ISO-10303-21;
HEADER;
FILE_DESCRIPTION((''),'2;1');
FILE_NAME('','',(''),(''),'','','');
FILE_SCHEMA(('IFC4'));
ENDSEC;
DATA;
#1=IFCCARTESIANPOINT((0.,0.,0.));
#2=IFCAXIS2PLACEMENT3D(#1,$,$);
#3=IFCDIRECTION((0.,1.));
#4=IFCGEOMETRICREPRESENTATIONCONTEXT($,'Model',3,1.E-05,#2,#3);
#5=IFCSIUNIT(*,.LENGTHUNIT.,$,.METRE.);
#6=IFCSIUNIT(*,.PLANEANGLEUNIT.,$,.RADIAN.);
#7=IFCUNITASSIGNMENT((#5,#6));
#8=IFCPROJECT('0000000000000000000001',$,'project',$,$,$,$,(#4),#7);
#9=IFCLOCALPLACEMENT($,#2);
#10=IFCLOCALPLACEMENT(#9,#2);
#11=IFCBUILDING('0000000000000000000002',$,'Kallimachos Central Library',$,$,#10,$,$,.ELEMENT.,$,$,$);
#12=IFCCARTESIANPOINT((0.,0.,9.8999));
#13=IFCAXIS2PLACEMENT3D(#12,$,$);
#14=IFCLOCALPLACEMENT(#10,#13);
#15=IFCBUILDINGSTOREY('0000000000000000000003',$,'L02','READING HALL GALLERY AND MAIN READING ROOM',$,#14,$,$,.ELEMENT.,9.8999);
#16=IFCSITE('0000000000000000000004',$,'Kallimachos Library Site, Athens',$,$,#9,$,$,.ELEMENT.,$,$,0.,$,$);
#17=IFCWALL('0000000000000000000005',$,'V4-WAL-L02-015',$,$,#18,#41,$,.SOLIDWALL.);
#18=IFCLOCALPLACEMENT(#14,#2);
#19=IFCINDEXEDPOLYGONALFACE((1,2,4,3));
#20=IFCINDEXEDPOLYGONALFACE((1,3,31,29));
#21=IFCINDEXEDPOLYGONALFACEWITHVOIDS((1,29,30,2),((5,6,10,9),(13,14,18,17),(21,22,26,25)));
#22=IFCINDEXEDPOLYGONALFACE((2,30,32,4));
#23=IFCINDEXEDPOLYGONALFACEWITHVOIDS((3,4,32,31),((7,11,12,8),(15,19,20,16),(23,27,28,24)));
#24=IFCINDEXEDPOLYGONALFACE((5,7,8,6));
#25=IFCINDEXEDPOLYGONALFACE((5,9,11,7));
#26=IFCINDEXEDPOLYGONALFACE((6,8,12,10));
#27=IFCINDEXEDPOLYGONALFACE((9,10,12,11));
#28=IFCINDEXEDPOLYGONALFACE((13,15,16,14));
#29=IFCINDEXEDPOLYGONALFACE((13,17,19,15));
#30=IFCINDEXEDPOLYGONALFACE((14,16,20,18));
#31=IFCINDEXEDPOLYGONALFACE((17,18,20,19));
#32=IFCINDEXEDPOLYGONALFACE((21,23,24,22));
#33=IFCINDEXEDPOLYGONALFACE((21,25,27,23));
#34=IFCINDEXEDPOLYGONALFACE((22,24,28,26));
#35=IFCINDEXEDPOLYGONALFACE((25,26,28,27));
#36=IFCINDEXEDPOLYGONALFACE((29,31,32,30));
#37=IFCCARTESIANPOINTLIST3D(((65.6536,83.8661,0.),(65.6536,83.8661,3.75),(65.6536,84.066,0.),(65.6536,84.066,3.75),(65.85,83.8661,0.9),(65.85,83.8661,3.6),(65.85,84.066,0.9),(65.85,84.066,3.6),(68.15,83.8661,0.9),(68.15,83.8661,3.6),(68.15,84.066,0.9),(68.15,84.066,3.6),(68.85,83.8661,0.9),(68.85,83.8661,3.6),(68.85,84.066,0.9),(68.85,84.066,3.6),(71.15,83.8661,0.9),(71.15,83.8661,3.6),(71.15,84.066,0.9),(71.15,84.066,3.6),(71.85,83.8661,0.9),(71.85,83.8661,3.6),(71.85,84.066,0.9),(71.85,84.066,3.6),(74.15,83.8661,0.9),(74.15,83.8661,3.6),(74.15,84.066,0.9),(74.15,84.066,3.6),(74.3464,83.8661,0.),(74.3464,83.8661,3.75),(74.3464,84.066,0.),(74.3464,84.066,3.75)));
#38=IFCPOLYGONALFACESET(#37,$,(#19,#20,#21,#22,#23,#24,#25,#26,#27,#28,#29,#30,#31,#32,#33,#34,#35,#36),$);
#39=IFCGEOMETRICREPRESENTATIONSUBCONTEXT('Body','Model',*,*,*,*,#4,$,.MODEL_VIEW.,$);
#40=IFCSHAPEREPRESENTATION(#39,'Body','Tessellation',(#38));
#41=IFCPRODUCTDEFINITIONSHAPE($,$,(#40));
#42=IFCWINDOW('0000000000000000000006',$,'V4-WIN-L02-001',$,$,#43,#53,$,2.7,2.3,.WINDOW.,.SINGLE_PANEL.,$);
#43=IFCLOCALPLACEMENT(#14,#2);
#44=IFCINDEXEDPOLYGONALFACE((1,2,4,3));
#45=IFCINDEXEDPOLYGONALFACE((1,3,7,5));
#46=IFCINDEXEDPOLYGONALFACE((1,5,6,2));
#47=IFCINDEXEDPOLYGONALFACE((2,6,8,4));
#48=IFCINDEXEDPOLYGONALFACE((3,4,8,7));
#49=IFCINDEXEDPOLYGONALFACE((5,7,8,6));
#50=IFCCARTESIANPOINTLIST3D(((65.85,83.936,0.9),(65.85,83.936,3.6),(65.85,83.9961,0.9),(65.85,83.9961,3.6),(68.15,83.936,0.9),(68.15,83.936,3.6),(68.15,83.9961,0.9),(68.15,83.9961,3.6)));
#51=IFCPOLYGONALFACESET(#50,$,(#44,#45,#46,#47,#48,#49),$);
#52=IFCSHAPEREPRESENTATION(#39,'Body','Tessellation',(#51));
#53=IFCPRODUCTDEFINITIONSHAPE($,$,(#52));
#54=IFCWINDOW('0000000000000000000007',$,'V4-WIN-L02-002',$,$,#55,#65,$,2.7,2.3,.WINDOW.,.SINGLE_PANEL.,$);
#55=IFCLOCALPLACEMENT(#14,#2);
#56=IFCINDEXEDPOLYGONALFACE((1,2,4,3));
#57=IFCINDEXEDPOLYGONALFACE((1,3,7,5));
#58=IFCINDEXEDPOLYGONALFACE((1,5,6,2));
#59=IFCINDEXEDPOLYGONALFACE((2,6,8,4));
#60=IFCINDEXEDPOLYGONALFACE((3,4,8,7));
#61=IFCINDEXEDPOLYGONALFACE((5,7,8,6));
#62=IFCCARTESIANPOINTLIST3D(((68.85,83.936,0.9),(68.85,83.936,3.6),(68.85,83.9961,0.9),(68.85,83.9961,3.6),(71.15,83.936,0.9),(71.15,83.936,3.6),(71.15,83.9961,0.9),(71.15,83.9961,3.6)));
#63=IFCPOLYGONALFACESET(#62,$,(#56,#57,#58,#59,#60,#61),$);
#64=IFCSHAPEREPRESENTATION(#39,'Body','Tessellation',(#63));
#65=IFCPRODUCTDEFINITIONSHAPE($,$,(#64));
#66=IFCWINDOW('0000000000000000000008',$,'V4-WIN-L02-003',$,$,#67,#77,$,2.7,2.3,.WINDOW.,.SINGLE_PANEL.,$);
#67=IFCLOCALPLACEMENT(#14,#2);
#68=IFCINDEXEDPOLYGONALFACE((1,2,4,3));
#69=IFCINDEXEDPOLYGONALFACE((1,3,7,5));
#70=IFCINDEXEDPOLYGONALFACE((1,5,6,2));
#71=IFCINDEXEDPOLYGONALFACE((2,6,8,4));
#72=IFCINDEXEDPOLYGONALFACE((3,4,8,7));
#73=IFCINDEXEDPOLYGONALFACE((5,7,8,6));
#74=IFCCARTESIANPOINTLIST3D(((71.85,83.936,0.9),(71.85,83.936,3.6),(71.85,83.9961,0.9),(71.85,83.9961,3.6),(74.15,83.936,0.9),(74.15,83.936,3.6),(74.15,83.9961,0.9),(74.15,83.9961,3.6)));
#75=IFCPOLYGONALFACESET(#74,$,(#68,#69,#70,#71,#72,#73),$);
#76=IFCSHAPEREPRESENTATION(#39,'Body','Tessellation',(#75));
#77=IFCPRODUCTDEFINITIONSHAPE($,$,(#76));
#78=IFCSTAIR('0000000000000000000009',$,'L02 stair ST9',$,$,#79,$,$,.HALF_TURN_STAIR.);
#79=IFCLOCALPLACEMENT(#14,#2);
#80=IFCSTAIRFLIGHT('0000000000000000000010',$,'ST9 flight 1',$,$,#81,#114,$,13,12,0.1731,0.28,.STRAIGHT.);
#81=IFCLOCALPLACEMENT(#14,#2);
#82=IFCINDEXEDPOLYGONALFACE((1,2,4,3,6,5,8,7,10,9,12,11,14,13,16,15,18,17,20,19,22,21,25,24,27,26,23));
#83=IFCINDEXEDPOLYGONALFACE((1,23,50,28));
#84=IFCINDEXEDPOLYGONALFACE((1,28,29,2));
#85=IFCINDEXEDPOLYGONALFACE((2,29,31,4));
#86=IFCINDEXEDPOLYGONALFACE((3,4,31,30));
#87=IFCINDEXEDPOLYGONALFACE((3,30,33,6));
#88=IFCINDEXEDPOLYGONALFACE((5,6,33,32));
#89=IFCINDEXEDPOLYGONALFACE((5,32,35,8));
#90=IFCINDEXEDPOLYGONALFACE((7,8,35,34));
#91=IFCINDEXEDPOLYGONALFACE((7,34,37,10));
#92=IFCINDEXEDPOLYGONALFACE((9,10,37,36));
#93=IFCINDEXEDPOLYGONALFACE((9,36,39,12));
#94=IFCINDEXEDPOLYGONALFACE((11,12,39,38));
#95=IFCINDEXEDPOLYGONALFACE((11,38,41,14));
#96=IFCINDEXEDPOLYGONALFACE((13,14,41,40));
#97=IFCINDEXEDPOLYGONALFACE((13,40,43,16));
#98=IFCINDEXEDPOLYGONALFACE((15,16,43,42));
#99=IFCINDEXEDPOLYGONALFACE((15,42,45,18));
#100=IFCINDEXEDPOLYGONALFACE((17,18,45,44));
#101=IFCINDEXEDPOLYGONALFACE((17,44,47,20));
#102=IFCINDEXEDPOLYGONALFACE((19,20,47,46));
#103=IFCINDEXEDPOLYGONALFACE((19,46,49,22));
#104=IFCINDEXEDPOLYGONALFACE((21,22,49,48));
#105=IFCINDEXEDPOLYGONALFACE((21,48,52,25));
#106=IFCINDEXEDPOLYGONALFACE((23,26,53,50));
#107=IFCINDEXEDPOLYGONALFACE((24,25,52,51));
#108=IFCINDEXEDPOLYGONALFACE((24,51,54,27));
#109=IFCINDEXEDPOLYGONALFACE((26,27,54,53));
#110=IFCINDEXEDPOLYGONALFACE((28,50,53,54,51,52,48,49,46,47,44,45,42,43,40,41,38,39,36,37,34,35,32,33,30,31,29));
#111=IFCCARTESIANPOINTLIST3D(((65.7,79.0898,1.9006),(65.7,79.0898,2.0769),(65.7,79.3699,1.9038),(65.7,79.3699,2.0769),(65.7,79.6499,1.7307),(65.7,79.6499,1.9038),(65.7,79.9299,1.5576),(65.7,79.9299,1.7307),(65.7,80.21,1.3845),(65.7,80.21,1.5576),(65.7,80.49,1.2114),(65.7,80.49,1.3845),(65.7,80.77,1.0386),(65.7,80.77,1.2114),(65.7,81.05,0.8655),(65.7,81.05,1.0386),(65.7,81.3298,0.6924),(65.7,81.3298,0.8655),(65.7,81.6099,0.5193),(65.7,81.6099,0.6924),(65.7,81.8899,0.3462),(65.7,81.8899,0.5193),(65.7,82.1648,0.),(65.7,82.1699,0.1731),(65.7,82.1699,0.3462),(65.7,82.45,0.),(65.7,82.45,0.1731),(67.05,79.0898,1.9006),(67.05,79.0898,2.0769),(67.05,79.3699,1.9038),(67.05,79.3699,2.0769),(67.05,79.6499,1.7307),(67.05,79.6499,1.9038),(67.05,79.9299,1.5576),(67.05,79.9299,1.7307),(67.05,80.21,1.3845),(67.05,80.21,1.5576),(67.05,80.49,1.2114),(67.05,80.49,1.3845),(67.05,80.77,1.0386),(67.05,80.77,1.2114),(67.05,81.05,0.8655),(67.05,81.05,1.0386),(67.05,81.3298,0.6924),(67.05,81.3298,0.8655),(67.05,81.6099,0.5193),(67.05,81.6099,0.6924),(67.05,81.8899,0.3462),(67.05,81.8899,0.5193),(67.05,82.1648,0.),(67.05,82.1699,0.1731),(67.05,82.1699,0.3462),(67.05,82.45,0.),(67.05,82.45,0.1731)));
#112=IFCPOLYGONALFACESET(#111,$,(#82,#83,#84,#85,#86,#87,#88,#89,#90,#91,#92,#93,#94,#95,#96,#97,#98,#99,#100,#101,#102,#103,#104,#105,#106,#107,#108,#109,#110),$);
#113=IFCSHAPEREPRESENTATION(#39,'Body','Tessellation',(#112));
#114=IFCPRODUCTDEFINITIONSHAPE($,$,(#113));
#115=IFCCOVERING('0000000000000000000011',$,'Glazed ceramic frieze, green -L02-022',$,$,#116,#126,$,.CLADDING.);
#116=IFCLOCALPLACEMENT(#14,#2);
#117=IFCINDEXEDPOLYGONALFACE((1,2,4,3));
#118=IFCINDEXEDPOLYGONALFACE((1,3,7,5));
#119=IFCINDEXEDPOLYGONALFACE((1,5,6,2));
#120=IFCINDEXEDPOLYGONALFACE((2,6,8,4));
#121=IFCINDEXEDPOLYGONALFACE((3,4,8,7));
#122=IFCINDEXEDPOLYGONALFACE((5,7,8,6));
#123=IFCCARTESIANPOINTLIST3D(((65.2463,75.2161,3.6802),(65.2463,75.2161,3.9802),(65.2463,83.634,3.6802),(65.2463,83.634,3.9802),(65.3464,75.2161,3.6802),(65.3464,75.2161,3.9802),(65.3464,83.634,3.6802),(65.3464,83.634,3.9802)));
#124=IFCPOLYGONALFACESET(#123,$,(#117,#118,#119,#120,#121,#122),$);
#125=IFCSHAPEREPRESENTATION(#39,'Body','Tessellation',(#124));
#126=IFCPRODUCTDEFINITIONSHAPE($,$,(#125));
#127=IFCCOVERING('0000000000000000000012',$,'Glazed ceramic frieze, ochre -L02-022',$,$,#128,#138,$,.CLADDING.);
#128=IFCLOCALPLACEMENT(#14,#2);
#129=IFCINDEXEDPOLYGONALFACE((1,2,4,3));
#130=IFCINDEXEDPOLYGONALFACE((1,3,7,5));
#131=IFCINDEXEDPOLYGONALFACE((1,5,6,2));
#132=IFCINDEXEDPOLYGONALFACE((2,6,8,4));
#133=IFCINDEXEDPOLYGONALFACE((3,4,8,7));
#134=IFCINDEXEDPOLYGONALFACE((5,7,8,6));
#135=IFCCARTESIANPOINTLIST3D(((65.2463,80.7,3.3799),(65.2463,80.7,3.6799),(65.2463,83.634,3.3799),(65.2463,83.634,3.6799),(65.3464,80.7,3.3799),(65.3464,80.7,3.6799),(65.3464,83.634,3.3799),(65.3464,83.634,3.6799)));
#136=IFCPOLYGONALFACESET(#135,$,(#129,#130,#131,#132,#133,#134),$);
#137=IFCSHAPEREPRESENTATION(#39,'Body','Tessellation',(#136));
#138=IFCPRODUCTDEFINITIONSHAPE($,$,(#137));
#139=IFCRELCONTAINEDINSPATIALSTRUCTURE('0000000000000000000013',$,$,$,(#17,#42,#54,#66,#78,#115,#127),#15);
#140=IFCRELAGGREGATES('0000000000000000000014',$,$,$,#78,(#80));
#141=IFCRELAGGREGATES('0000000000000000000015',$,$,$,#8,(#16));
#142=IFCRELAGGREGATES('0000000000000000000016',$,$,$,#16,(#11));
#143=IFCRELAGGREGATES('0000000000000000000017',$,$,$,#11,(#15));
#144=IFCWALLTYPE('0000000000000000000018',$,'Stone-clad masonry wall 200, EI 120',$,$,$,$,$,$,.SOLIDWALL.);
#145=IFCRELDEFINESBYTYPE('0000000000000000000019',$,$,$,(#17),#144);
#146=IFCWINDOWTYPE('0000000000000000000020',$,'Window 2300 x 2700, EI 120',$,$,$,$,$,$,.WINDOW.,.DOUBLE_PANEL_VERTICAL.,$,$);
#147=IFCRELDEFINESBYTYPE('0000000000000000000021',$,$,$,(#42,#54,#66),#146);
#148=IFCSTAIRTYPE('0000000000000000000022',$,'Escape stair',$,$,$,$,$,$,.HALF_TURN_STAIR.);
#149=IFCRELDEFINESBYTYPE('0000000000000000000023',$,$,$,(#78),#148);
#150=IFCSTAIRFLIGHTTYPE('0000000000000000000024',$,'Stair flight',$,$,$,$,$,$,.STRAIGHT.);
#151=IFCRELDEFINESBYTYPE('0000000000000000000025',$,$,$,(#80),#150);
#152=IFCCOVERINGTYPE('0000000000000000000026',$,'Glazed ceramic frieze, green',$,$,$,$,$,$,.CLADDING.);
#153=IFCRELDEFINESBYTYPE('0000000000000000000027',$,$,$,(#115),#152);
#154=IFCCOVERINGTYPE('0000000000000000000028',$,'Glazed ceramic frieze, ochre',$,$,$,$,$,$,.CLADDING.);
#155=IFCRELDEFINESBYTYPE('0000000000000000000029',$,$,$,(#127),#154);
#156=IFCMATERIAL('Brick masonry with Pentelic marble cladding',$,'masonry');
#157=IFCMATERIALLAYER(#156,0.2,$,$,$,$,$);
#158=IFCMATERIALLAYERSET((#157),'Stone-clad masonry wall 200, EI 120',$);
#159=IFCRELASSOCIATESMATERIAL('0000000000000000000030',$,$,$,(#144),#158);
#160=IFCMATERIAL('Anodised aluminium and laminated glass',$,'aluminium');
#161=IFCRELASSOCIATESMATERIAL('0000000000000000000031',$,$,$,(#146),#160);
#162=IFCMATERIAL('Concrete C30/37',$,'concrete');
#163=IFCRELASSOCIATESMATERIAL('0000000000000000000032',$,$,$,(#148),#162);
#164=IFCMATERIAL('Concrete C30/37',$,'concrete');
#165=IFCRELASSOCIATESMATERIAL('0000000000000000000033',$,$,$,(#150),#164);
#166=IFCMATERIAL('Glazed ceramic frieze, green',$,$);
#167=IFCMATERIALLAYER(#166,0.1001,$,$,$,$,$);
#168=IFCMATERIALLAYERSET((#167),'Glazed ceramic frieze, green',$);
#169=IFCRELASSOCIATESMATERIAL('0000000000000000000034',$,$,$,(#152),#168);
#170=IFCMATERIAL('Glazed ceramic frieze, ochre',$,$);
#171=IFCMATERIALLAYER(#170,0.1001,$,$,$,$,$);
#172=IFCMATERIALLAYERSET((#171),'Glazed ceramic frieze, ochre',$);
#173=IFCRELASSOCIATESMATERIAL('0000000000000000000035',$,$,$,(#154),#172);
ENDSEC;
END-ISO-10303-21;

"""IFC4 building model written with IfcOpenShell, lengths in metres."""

from ifc_helpers import new_model, si_unit, direction, frame, frame_2d, origin, origin_2d, place, context, subcontext, project, spatial, polyline, rectangle, outline, extrude, material, layer, layer_set, type_object, element, fill, aggregate, save


model = new_model("IFC4")

# Units and contexts
model_context = context("Model", 3, precision=1e-05, world=origin(), true_north=direction((0.0, 1.0)))
body_context = subcontext(model_context, "Body", "Model", "MODEL_VIEW")
ifc_project = project(units=[si_unit("LENGTHUNIT", "METRE"), si_unit("PLANEANGLEUNIT", "RADIAN")], contexts=[model_context])

# Site, building, storey
site_placement = place(None, origin())
site = spatial("IfcSite", under=ifc_project, at=site_placement, Name="Kallimachos Library Site, Athens", CompositionType="ELEMENT", RefElevation=0.0)
building_placement = place(site_placement, origin())
building = spatial("IfcBuilding", under=site, at=building_placement, Name="Kallimachos Central Library", CompositionType="ELEMENT")
storey_placement = place(building_placement, frame((0.0, 0.0, 9.8999)))
storey = spatial("IfcBuildingStorey", under=building, at=storey_placement, Name="L02", Description="READING HALL GALLERY AND MAIN READING ROOM", CompositionType="ELEMENT", Elevation=9.8999)

# Wall, openings, windows
ifc_material_1 = material(Name="Brick masonry with Pentelic marble cladding", Category="masonry")
ifc_layer_1 = layer(ifc_material_1, 0.2)
ifc_layer_set_1 = layer_set([ifc_layer_1], Name="Stone-clad masonry wall 200, EI 120")
wall_type_1 = type_object("IfcWallType", Name="Stone-clad masonry wall 200, EI 120", PredefinedType="SOLIDWALL", material=ifc_layer_set_1)
wall_1_placement = place(storey_placement, frame((65.6536, 83.9661, 0.0), z_axis=(0.0, 0.0, 1.0), x_axis=(1.0, 0.0, 0.0)))
wall_1 = element("IfcWall", 1, at=wall_1_placement, inside=storey, type_object=wall_type_1, Name="V4-WAL-L02-015", PredefinedType="SOLIDWALL", context=body_context, shape_type="SweptSolid", body=[
    extrude(rectangle(XDim=8.6929, YDim=0.2, at=frame_2d((4.3464, 0.0))), origin(), (0.0, 0.0, 1.0), 3.75),
])
opening_1_placement = place(wall_1_placement, frame((0.1965, 0.0, 0.8999)))
opening_1 = element("IfcOpeningElement", 2, at=opening_1_placement, cuts=wall_1, PredefinedType="OPENING", context=body_context, shape_type="SweptSolid", body=[
    extrude(rectangle(XDim=2.3, YDim=2.7, at=frame_2d((1.1499, 1.3501))), frame((0.0, 0.1099, 0.0), z_axis=(0.0, -1.0, 0.0), x_axis=(1.0, 0.0, 0.0)), (0.0, 0.0, 1.0), 0.22),
])
opening_2_placement = place(wall_1_placement, frame((3.1965, 0.0, 0.8999)))
opening_2 = element("IfcOpeningElement", 3, at=opening_2_placement, cuts=wall_1, PredefinedType="OPENING", context=body_context, shape_type="SweptSolid", body=[
    extrude(rectangle(XDim=2.3, YDim=2.7, at=frame_2d((1.1499, 1.3501))), frame((0.0, 0.1099, 0.0), z_axis=(0.0, -1.0, 0.0), x_axis=(1.0, 0.0, 0.0)), (0.0, 0.0, 1.0), 0.22),
])
opening_3_placement = place(wall_1_placement, frame((6.1965, 0.0, 0.8999)))
opening_3 = element("IfcOpeningElement", 4, at=opening_3_placement, cuts=wall_1, PredefinedType="OPENING", context=body_context, shape_type="SweptSolid", body=[
    extrude(rectangle(XDim=2.3, YDim=2.7, at=frame_2d((1.1499, 1.3501))), frame((0.0, 0.1099, 0.0), z_axis=(0.0, -1.0, 0.0), x_axis=(1.0, 0.0, 0.0)), (0.0, 0.0, 1.0), 0.22),
])
ifc_material_2 = material(Name="Anodised aluminium and laminated glass", Category="aluminium")
window_type_1 = type_object("IfcWindowType", Name="Window 2300 x 2700, EI 120", PartitioningType="DOUBLE_PANEL_VERTICAL", PredefinedType="WINDOW", material=ifc_material_2)
window_1_placement = place(opening_1_placement, origin())
window_1 = element("IfcWindow", 5, at=window_1_placement, inside=storey, type_object=window_type_1, Name="V4-WIN-L02-001", OverallHeight=2.7, OverallWidth=2.3, PartitioningType="SINGLE_PANEL", PredefinedType="WINDOW", context=body_context, shape_type="SweptSolid", body=[
    extrude(rectangle(XDim=2.3, YDim=2.7, at=frame_2d((1.1499, 1.3501))), frame((0.0, 0.03, 0.0), z_axis=(0.0, -1.0, 0.0), x_axis=(1.0, 0.0, 0.0)), (0.0, 0.0, 1.0), 0.0601),
])
fill(opening_1, window_1)
window_2_placement = place(opening_2_placement, origin())
window_2 = element("IfcWindow", 6, at=window_2_placement, inside=storey, type_object=window_type_1, Name="V4-WIN-L02-002", OverallHeight=2.7, OverallWidth=2.3, PartitioningType="SINGLE_PANEL", PredefinedType="WINDOW", context=body_context, shape_type="SweptSolid", body=[
    extrude(rectangle(XDim=2.3, YDim=2.7, at=frame_2d((1.1499, 1.3501))), frame((0.0, 0.03, 0.0), z_axis=(0.0, -1.0, 0.0), x_axis=(1.0, 0.0, 0.0)), (0.0, 0.0, 1.0), 0.0601),
])
fill(opening_2, window_2)
window_3_placement = place(opening_3_placement, origin())
window_3 = element("IfcWindow", 7, at=window_3_placement, inside=storey, type_object=window_type_1, Name="V4-WIN-L02-003", OverallHeight=2.7, OverallWidth=2.3, PartitioningType="SINGLE_PANEL", PredefinedType="WINDOW", context=body_context, shape_type="SweptSolid", body=[
    extrude(rectangle(XDim=2.3, YDim=2.7, at=frame_2d((1.1499, 1.3501))), frame((0.0, 0.03, 0.0), z_axis=(0.0, -1.0, 0.0), x_axis=(1.0, 0.0, 0.0)), (0.0, 0.0, 1.0), 0.0601),
])
fill(opening_3, window_3)

# Stair, stair flight
ifc_material_3 = material(Name="Concrete C30/37", Category="concrete")
stair_type = type_object("IfcStairType", Name="Escape stair", PredefinedType="HALF_TURN_STAIR", material=ifc_material_3)
stair_placement = place(storey_placement, origin())
stair = element("IfcStair", 8, at=stair_placement, inside=storey, type_object=stair_type, Name="L02 stair ST9", PredefinedType="HALF_TURN_STAIR")
ifc_material_4 = material(Name="Concrete C30/37", Category="concrete")
stair_flight_type = type_object("IfcStairFlightType", Name="Stair flight", PredefinedType="STRAIGHT", material=ifc_material_4)
stair_flight_placement = place(storey_placement, frame((66.375, 82.45, 0.0), z_axis=(0.0, 0.0, 1.0), x_axis=(0.0, -1.0, 0.0)))
stair_flight = element("IfcStairFlight", 9, at=stair_flight_placement, type_object=stair_flight_type, Name="ST9 flight 1", NumberOfRisers=13, NumberOfTreads=12, PredefinedType="STRAIGHT", RiserHeight=0.1731, TreadLength=0.28, context=body_context, shape_type="SweptSolid", body=[
    extrude(outline(polyline([(0.0, 0.0), (0.0, 0.1731), (0.28, 0.1731), (0.28, 0.3462), (0.5601, 0.3462), (0.5601, 0.5193), (0.8401, 0.5193), (0.8401, 0.6924), (1.1201, 0.6924), (1.1201, 0.8655), (1.3999, 0.8655), (1.3999, 1.0386), (1.6799, 1.0386), (1.6799, 1.2114), (1.96, 1.2114), (1.96, 1.3845), (2.24, 1.3845), (2.24, 1.5576), (2.52, 1.5576), (2.52, 1.7307), (2.8, 1.7307), (2.8, 1.9038), (3.0801, 1.9038), (3.0801, 2.0769), (3.3601, 2.0769), (3.3601, 2.25), (3.3601, 1.9006), (0.2852, 0.0), (0.0, 0.0)])), frame((0.0, 0.675, 0.0), z_axis=(0.0, -1.0, 0.0), x_axis=(1.0, 0.0, 0.0)), (0.0, 0.0, 1.0), 1.3501),
])
aggregate(stair, [stair_flight])

# Coverings
ifc_material_5 = material(Name="Glazed ceramic frieze, green")
ifc_layer_2 = layer(ifc_material_5, 0.1001)
ifc_layer_set_2 = layer_set([ifc_layer_2], Name="Glazed ceramic frieze, green")
covering_type_1 = type_object("IfcCoveringType", Name="Glazed ceramic frieze, green", PredefinedType="CLADDING", material=ifc_layer_set_2)
covering_1_placement = place(storey_placement, frame((65.2964, 79.425, 3.6802), z_axis=(0.0, 0.0, 1.0), x_axis=(1.0, 0.0, 0.0)))
element("IfcCovering", 10, at=covering_1_placement, inside=storey, type_object=covering_type_1, Name="Glazed ceramic frieze, green -L02-022", PredefinedType="CLADDING", context=body_context, shape_type="SweptSolid", body=[
    extrude(rectangle(XDim=0.1001, YDim=8.418, at=origin_2d()), origin(), (0.0, 0.0, 1.0), 0.3),
])
ifc_material_6 = material(Name="Glazed ceramic frieze, ochre")
ifc_layer_3 = layer(ifc_material_6, 0.1001)
ifc_layer_set_3 = layer_set([ifc_layer_3], Name="Glazed ceramic frieze, ochre")
covering_type_2 = type_object("IfcCoveringType", Name="Glazed ceramic frieze, ochre", PredefinedType="CLADDING", material=ifc_layer_set_3)
covering_2_placement = place(storey_placement, frame((65.2964, 82.167, 3.3799), z_axis=(0.0, 0.0, 1.0), x_axis=(1.0, 0.0, 0.0)))
element("IfcCovering", 11, at=covering_2_placement, inside=storey, type_object=covering_type_2, Name="Glazed ceramic frieze, ochre -L02-022", PredefinedType="CLADDING", context=body_context, shape_type="SweptSolid", body=[
    extrude(rectangle(XDim=0.1001, YDim=2.9341, at=origin_2d()), origin(), (0.0, 0.0, 1.0), 0.3),
])

save(model, "model.ifc")
